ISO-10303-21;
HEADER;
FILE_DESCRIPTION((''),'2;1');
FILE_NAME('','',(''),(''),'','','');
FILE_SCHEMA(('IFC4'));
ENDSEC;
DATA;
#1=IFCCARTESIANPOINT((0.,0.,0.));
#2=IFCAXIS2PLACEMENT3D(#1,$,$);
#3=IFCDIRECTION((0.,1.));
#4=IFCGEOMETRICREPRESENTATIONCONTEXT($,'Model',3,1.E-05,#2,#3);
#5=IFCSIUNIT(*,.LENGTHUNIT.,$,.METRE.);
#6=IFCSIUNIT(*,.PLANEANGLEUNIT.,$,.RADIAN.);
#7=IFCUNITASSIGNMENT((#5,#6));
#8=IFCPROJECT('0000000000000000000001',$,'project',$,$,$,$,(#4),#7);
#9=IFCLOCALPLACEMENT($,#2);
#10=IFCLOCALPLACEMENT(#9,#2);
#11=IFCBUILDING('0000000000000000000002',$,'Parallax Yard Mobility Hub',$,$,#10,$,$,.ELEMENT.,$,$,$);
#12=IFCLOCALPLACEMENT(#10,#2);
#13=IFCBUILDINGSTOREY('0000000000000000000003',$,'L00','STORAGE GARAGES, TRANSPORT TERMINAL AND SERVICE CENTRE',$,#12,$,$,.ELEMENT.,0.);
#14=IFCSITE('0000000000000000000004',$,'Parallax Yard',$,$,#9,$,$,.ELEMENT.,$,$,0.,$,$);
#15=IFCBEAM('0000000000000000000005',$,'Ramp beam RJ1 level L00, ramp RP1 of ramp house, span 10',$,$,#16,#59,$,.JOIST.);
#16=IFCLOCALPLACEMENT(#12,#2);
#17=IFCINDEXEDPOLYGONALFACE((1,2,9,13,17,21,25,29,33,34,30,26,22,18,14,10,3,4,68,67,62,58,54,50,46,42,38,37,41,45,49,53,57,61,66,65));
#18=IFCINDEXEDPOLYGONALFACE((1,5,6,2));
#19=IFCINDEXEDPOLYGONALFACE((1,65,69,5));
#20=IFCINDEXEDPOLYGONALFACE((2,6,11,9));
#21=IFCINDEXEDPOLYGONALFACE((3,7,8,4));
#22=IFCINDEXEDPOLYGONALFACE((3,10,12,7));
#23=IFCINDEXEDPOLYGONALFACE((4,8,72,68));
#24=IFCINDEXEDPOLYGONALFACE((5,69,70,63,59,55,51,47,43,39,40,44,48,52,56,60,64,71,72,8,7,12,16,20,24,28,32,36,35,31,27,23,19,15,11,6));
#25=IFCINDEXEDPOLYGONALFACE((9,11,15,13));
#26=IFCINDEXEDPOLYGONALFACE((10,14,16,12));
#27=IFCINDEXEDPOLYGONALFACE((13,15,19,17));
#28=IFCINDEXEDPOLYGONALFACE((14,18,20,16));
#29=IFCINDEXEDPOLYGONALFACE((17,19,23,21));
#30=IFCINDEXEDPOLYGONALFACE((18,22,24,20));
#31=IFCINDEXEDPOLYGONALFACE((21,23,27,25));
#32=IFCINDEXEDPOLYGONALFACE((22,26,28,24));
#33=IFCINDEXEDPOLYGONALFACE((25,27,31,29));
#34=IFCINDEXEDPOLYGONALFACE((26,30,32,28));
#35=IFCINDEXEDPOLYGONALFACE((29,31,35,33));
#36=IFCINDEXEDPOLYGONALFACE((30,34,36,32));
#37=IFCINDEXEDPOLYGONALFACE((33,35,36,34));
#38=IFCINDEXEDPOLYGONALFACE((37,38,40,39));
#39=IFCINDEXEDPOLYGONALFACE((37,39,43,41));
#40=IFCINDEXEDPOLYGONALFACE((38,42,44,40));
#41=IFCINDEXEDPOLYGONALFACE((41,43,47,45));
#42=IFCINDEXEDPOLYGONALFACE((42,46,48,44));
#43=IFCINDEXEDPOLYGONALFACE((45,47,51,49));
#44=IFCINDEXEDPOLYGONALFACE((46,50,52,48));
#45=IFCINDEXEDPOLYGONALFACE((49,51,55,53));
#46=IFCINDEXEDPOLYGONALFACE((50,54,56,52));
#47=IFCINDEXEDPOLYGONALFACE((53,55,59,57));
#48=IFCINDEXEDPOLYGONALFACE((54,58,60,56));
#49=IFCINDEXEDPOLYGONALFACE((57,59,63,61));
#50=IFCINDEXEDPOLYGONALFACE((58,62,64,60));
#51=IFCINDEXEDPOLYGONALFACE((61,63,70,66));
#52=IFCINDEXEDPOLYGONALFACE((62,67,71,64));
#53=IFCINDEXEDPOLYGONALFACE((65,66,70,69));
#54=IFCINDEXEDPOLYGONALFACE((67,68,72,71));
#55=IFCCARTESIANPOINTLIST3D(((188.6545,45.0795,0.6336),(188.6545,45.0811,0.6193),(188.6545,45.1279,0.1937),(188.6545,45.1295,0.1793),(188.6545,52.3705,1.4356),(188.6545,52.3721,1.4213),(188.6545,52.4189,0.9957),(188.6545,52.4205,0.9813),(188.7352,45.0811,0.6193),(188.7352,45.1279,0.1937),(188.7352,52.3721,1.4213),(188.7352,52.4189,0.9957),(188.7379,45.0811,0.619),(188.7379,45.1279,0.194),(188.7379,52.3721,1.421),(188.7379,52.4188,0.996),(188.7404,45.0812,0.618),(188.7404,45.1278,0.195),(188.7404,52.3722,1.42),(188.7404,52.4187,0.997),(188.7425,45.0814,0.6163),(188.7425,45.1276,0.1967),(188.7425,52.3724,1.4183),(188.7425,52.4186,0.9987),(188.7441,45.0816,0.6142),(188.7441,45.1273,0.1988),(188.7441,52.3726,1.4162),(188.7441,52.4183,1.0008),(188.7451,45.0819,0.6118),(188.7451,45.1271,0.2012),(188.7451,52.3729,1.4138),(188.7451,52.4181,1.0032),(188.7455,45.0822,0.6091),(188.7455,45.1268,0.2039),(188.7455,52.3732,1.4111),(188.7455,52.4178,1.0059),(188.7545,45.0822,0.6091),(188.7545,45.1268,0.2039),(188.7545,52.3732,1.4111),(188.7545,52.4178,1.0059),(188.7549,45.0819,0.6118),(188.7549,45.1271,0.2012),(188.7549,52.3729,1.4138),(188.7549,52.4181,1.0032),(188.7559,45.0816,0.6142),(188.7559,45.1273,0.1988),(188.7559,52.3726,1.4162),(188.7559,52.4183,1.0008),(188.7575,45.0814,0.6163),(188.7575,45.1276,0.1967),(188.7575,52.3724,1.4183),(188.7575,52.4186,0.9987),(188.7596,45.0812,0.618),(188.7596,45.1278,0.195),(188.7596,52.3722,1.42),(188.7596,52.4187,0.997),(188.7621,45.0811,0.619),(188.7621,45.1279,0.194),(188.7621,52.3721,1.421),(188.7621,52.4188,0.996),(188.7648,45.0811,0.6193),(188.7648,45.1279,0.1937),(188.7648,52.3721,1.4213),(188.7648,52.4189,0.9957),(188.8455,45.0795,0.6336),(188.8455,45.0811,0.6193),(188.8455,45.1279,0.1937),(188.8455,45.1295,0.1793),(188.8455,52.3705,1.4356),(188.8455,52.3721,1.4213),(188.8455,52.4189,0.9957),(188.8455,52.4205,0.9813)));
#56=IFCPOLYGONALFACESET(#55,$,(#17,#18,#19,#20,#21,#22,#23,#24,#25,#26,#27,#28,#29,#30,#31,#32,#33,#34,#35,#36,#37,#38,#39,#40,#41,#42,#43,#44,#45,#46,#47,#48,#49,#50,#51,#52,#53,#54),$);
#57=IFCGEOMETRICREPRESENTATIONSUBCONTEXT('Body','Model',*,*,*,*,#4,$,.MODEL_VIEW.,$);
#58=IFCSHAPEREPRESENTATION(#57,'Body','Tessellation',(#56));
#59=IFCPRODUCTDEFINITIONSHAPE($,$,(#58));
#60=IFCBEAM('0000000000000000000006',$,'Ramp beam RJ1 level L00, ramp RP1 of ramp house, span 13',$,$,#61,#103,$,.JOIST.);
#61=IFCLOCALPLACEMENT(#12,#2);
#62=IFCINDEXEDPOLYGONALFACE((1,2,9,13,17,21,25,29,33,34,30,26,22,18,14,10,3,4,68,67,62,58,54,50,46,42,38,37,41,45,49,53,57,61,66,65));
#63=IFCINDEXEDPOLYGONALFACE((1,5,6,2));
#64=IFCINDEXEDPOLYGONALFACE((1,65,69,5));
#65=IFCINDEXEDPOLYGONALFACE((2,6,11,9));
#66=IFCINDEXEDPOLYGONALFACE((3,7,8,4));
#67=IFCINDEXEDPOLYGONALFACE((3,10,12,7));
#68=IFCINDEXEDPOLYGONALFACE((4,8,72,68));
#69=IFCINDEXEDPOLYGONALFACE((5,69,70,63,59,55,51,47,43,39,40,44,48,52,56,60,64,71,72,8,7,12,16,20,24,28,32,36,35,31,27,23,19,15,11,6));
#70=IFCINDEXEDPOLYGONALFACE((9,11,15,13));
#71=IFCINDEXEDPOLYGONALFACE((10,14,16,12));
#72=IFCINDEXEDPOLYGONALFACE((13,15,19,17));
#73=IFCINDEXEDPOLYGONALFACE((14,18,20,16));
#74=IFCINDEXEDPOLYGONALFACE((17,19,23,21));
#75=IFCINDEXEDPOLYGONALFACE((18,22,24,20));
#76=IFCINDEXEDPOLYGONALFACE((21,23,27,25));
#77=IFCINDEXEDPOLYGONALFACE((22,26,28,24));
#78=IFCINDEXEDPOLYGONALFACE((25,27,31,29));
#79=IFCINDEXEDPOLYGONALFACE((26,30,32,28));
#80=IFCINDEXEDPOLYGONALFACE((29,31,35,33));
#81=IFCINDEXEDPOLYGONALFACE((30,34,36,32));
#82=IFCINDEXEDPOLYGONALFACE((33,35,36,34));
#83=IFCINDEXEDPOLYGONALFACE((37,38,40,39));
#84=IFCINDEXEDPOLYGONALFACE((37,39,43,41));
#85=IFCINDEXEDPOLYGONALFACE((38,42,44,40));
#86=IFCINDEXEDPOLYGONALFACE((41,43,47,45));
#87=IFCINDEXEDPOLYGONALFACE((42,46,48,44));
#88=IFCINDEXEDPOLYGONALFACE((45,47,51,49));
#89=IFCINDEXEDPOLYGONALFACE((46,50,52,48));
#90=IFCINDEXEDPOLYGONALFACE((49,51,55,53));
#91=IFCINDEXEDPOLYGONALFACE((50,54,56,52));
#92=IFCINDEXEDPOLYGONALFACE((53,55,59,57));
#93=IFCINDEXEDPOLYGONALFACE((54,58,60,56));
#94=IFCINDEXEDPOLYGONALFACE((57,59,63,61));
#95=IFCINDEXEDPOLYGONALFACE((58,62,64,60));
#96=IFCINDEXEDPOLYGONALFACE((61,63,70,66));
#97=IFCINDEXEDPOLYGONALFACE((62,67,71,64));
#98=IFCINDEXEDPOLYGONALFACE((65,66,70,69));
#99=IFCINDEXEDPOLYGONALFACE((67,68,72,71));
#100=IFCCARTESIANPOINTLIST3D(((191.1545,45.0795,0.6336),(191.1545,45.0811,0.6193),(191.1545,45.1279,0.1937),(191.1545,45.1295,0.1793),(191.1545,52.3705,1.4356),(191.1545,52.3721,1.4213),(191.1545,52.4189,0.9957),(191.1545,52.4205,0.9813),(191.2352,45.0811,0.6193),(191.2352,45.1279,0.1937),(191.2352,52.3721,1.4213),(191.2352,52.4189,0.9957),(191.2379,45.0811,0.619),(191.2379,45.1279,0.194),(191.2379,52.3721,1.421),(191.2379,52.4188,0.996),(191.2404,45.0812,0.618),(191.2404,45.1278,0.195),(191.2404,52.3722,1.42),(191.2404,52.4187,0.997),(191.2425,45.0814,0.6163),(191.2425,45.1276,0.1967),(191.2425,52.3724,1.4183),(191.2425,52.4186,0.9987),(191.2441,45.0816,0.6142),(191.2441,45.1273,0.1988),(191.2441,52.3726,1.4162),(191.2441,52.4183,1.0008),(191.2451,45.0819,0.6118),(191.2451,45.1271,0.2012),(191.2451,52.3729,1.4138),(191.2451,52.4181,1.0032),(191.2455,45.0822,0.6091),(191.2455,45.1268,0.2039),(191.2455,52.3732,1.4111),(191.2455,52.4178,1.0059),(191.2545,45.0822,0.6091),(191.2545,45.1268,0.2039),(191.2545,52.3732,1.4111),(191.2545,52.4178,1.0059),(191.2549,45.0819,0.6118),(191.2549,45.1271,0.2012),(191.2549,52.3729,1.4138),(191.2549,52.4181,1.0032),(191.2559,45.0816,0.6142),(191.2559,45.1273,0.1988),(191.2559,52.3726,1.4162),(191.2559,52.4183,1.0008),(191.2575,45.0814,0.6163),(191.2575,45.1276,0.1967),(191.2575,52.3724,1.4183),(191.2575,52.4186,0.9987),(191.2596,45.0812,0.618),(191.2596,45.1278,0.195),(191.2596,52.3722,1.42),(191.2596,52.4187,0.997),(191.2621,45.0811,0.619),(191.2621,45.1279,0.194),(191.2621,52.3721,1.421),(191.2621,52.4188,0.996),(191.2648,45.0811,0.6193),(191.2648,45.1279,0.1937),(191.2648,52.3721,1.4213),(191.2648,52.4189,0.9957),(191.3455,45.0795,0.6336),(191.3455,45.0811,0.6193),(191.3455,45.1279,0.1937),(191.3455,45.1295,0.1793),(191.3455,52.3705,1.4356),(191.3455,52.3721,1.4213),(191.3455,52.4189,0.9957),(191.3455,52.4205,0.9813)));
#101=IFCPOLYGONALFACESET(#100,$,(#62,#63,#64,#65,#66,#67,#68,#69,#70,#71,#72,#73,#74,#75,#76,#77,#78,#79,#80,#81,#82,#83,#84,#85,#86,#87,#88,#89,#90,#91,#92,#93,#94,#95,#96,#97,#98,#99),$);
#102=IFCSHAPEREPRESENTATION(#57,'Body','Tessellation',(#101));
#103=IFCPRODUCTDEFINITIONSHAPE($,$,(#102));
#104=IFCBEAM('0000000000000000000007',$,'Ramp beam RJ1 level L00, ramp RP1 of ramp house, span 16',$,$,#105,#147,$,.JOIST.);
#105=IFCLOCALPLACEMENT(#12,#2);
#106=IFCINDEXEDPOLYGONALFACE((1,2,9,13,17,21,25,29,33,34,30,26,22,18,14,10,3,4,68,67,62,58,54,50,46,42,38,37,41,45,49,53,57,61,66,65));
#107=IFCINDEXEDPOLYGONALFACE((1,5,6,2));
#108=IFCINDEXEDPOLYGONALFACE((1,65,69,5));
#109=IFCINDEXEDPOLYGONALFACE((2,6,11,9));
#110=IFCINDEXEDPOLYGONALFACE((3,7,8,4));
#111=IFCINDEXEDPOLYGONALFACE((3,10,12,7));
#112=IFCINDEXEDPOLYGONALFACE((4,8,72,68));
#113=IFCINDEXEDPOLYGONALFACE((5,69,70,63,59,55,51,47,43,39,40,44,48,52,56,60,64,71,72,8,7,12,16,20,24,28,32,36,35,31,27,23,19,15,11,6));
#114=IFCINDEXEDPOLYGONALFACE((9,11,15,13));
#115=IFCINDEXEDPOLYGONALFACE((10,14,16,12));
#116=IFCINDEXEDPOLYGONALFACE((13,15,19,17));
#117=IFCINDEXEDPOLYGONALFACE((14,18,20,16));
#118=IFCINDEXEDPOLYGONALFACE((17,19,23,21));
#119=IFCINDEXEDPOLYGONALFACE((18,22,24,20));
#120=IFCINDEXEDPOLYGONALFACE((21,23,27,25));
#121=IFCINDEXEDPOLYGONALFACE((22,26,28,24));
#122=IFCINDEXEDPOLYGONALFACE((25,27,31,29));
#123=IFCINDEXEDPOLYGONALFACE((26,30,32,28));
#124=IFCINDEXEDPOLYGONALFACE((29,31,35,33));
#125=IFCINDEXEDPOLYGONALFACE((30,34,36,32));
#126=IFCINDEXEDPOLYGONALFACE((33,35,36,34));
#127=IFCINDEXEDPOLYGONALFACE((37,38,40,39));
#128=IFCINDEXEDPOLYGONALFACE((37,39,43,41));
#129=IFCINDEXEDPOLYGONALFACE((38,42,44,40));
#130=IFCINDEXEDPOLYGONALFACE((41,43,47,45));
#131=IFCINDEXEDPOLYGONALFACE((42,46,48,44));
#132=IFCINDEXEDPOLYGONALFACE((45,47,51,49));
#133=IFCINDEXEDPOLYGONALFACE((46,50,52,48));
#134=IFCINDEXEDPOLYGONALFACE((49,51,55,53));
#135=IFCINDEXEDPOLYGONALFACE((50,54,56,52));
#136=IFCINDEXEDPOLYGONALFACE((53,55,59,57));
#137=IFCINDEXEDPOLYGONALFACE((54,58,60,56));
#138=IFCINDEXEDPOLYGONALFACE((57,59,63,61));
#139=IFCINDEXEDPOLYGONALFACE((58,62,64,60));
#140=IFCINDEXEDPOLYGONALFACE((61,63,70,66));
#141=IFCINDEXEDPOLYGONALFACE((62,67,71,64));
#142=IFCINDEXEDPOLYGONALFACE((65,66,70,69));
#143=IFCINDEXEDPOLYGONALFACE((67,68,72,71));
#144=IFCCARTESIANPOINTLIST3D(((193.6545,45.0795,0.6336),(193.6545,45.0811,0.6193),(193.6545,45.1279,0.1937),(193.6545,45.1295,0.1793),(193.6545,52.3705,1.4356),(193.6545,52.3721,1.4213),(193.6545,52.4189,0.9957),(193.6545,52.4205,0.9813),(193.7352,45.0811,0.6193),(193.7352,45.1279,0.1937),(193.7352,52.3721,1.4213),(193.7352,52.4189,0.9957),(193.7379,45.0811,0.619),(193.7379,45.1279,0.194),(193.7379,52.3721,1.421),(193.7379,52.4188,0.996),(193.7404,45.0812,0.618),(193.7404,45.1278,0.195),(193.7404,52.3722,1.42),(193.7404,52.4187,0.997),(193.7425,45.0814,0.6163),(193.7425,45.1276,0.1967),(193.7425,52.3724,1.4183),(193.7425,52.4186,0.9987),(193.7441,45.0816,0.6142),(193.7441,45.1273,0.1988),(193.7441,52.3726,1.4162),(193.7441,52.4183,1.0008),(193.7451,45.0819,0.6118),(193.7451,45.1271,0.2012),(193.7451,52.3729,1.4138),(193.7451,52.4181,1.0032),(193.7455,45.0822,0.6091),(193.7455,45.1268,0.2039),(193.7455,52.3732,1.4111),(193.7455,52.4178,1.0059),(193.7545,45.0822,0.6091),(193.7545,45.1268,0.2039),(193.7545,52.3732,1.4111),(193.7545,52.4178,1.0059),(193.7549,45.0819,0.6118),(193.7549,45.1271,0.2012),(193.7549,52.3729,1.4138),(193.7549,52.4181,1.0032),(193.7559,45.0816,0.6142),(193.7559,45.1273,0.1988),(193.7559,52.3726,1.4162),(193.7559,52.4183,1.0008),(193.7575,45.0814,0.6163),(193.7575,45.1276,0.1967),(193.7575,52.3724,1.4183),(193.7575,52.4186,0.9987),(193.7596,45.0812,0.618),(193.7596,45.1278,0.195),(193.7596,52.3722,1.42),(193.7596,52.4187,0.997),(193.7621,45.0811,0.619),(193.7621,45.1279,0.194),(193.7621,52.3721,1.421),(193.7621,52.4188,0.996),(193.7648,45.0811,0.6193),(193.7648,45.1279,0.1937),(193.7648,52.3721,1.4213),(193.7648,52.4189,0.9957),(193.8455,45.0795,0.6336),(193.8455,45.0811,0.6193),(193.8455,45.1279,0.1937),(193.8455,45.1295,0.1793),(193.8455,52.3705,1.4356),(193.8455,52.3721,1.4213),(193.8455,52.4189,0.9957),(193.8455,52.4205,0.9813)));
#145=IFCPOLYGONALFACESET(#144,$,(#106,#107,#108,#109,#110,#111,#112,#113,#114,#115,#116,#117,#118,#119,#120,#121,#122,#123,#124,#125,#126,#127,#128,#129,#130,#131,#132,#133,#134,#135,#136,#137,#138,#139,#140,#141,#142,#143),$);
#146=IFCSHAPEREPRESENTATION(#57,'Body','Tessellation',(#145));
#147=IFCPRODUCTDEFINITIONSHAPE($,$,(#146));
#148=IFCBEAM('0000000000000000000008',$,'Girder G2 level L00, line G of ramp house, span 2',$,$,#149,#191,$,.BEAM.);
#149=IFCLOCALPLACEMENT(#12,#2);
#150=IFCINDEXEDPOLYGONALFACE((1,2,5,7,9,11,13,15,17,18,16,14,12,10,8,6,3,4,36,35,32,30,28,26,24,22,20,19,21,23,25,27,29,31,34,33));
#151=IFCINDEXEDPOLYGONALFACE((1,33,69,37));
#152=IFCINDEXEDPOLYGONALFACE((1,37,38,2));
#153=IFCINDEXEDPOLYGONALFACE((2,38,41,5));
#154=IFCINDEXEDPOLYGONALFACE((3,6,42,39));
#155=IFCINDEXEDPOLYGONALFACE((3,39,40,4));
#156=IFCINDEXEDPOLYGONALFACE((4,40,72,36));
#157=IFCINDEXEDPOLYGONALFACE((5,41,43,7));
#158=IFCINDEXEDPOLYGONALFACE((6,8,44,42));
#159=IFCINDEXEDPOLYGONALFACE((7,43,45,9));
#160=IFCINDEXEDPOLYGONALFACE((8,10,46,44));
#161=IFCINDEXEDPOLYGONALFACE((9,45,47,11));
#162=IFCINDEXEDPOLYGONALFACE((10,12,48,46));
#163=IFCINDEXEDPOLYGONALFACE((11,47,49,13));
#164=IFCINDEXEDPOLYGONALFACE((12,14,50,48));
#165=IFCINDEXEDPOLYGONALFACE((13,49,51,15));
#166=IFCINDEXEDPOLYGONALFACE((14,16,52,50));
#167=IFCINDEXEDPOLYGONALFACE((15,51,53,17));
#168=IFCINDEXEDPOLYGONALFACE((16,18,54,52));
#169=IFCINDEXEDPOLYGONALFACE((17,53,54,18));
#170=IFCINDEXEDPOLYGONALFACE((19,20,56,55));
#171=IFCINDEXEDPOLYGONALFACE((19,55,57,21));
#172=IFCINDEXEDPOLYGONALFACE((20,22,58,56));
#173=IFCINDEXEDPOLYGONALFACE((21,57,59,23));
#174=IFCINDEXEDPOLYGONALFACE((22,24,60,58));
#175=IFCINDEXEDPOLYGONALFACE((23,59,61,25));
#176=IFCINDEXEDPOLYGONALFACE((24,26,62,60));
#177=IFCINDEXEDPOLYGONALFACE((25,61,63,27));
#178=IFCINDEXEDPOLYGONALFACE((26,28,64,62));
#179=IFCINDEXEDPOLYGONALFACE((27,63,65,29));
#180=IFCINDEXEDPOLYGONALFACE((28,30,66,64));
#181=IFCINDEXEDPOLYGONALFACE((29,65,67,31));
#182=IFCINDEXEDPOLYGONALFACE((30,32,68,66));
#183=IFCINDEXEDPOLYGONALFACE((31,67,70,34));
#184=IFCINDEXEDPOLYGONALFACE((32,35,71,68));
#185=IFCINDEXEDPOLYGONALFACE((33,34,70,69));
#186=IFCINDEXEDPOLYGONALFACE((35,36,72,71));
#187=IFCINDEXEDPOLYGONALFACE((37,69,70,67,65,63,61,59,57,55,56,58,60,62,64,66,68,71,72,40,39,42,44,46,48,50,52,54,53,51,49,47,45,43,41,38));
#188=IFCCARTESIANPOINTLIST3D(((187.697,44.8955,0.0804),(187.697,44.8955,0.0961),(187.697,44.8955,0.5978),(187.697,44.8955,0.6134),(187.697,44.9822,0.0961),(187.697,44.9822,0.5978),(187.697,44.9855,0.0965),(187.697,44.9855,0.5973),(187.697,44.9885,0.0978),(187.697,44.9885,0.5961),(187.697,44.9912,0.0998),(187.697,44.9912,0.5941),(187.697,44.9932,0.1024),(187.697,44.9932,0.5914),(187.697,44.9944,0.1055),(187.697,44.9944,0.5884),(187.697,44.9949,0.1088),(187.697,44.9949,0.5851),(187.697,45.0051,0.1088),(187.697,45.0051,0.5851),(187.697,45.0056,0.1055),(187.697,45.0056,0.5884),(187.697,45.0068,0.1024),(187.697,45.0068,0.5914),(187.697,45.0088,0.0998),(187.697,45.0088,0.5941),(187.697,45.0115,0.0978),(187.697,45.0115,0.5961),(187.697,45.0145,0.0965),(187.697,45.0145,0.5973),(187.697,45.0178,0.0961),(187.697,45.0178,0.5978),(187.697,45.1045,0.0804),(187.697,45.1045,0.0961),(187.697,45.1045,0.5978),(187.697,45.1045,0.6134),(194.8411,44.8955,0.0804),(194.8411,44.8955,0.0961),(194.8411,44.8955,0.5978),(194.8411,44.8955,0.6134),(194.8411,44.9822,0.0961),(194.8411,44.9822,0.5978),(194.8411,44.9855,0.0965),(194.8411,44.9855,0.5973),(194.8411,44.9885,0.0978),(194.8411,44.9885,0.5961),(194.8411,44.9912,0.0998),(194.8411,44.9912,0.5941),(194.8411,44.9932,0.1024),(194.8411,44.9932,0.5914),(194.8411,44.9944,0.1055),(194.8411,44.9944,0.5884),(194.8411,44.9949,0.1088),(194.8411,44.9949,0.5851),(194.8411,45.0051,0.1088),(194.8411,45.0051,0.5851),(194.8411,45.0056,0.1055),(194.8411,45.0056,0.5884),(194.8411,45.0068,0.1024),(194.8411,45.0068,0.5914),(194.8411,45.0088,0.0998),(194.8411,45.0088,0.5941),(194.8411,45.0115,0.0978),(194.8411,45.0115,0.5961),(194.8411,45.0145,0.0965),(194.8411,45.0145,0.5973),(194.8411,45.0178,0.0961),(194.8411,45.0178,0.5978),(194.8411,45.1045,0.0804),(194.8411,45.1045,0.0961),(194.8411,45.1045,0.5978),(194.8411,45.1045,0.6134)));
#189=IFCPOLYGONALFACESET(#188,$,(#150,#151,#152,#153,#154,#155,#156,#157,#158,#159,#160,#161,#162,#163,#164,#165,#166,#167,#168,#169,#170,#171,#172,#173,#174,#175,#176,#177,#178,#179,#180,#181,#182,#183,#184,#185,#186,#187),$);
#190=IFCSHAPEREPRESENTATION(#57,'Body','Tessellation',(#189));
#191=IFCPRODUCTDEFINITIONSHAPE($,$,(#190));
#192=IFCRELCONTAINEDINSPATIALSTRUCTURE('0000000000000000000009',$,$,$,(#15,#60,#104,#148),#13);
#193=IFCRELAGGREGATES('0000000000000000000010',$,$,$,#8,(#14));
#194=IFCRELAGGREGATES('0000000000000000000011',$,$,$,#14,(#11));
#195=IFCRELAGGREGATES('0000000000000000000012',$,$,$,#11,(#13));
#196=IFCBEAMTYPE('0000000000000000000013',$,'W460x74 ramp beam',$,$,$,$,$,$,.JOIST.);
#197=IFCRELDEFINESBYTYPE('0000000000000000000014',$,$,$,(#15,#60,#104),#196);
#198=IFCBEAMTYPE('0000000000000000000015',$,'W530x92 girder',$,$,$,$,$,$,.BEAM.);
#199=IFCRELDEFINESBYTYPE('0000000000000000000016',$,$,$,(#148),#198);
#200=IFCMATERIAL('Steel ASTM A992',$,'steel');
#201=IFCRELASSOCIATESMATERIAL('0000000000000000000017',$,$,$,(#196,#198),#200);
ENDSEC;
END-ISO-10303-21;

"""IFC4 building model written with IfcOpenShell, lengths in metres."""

from ifc_helpers import new_model, si_unit, direction, frame, origin, origin_2d, place, context, subcontext, project, spatial, i_section, extrude, material, material_profile, profile_set, type_object, element, save


model = new_model("IFC4")

# Units and contexts
model_context = context("Model", 3, precision=1e-05, world=origin(), true_north=direction((0.0, 1.0)))
body_context = subcontext(model_context, "Body", "Model", "MODEL_VIEW")
ifc_project = project(units=[si_unit("LENGTHUNIT", "METRE"), si_unit("PLANEANGLEUNIT", "RADIAN")], contexts=[model_context])

# Site, building, storey
site_placement = place(None, origin())
site = spatial("IfcSite", under=ifc_project, at=site_placement, Name="Parallax Yard", CompositionType="ELEMENT", RefElevation=0.0)
building_placement = place(site_placement, origin())
building = spatial("IfcBuilding", under=site, at=building_placement, Name="Parallax Yard Mobility Hub", CompositionType="ELEMENT")
storey_placement = place(building_placement, origin())
storey = spatial("IfcBuildingStorey", under=building, at=storey_placement, Name="L00", Description="STORAGE GARAGES, TRANSPORT TERMINAL AND SERVICE CENTRE", CompositionType="ELEMENT", Elevation=0.0)

# Shared definitions
ifc_material_1 = material(Name="Steel ASTM A992", Category="steel")

# Beams
ifc_material_profile_1 = material_profile(ifc_material_1, i_section(OverallWidth=0.1909, OverallDepth=0.457, WebThickness=0.009, FlangeThickness=0.0144, FilletRadius=0.0103, at=origin_2d()), Name="W460x74")
ifc_profile_set_1 = profile_set([ifc_material_profile_1], Name="Steel ASTM A992")
beam_type_1 = type_object("IfcBeamType", Name="W460x74 ramp beam", PredefinedType="JOIST", material=ifc_profile_set_1)
for number, where, z_axis, x_axis, name in (
    (1, (188.75, 45.1045, 0.4065), (0.0, 0.994005, 0.109339), (-1.0, 0.0, 0.0), "Ramp beam RJ1 level L00, ramp RP1 of ramp house, span 10"),
    (2, (191.25, 45.1045, 0.4065), (0.0, 0.994005, 0.109339), (-1.0, 0.0, 0.0), "Ramp beam RJ1 level L00, ramp RP1 of ramp house, span 13"),
    (3, (193.75, 45.1045, 0.4065), (0.0, 0.994005, 0.109339), (-1.0, 0.0, 0.0), "Ramp beam RJ1 level L00, ramp RP1 of ramp house, span 16"),
):
    element("IfcBeam", number, at=place(storey_placement, frame(where, z_axis=z_axis, x_axis=x_axis)), inside=storey, type_object=beam_type_1, Name=name, PredefinedType="JOIST", context=body_context, shape_type="SweptSolid", body=[
        extrude(i_section(OverallWidth=0.1909, OverallDepth=0.457, WebThickness=0.009, FlangeThickness=0.0144, FilletRadius=0.0103, at=origin_2d()), origin(), (0.0, 0.0, 1.0), 7.335),
    ])
ifc_material_profile_2 = material_profile(ifc_material_1, i_section(OverallWidth=0.209, OverallDepth=0.533, WebThickness=0.0103, FlangeThickness=0.0156, FilletRadius=0.0127, at=origin_2d()), Name="W530x92")
ifc_profile_set_2 = profile_set([ifc_material_profile_2], Name="Steel ASTM A992")
beam_type_2 = type_object("IfcBeamType", Name="W530x92 girder", PredefinedType="BEAM", material=ifc_profile_set_2)
beam_placement = place(storey_placement, frame((187.697, 45.0, 0.3469), z_axis=(1.0, 0.0, 0.0), x_axis=(0.0, 1.0, 0.0)))
element("IfcBeam", 4, at=beam_placement, inside=storey, type_object=beam_type_2, Name="Girder G2 level L00, line G of ramp house, span 2", PredefinedType="BEAM", context=body_context, shape_type="SweptSolid", body=[
    extrude(i_section(OverallWidth=0.209, OverallDepth=0.533, WebThickness=0.0103, FlangeThickness=0.0156, FilletRadius=0.0127, at=origin_2d()), origin(), (0.0, 0.0, 1.0), 7.144),
])

save(model, "model.ifc")
